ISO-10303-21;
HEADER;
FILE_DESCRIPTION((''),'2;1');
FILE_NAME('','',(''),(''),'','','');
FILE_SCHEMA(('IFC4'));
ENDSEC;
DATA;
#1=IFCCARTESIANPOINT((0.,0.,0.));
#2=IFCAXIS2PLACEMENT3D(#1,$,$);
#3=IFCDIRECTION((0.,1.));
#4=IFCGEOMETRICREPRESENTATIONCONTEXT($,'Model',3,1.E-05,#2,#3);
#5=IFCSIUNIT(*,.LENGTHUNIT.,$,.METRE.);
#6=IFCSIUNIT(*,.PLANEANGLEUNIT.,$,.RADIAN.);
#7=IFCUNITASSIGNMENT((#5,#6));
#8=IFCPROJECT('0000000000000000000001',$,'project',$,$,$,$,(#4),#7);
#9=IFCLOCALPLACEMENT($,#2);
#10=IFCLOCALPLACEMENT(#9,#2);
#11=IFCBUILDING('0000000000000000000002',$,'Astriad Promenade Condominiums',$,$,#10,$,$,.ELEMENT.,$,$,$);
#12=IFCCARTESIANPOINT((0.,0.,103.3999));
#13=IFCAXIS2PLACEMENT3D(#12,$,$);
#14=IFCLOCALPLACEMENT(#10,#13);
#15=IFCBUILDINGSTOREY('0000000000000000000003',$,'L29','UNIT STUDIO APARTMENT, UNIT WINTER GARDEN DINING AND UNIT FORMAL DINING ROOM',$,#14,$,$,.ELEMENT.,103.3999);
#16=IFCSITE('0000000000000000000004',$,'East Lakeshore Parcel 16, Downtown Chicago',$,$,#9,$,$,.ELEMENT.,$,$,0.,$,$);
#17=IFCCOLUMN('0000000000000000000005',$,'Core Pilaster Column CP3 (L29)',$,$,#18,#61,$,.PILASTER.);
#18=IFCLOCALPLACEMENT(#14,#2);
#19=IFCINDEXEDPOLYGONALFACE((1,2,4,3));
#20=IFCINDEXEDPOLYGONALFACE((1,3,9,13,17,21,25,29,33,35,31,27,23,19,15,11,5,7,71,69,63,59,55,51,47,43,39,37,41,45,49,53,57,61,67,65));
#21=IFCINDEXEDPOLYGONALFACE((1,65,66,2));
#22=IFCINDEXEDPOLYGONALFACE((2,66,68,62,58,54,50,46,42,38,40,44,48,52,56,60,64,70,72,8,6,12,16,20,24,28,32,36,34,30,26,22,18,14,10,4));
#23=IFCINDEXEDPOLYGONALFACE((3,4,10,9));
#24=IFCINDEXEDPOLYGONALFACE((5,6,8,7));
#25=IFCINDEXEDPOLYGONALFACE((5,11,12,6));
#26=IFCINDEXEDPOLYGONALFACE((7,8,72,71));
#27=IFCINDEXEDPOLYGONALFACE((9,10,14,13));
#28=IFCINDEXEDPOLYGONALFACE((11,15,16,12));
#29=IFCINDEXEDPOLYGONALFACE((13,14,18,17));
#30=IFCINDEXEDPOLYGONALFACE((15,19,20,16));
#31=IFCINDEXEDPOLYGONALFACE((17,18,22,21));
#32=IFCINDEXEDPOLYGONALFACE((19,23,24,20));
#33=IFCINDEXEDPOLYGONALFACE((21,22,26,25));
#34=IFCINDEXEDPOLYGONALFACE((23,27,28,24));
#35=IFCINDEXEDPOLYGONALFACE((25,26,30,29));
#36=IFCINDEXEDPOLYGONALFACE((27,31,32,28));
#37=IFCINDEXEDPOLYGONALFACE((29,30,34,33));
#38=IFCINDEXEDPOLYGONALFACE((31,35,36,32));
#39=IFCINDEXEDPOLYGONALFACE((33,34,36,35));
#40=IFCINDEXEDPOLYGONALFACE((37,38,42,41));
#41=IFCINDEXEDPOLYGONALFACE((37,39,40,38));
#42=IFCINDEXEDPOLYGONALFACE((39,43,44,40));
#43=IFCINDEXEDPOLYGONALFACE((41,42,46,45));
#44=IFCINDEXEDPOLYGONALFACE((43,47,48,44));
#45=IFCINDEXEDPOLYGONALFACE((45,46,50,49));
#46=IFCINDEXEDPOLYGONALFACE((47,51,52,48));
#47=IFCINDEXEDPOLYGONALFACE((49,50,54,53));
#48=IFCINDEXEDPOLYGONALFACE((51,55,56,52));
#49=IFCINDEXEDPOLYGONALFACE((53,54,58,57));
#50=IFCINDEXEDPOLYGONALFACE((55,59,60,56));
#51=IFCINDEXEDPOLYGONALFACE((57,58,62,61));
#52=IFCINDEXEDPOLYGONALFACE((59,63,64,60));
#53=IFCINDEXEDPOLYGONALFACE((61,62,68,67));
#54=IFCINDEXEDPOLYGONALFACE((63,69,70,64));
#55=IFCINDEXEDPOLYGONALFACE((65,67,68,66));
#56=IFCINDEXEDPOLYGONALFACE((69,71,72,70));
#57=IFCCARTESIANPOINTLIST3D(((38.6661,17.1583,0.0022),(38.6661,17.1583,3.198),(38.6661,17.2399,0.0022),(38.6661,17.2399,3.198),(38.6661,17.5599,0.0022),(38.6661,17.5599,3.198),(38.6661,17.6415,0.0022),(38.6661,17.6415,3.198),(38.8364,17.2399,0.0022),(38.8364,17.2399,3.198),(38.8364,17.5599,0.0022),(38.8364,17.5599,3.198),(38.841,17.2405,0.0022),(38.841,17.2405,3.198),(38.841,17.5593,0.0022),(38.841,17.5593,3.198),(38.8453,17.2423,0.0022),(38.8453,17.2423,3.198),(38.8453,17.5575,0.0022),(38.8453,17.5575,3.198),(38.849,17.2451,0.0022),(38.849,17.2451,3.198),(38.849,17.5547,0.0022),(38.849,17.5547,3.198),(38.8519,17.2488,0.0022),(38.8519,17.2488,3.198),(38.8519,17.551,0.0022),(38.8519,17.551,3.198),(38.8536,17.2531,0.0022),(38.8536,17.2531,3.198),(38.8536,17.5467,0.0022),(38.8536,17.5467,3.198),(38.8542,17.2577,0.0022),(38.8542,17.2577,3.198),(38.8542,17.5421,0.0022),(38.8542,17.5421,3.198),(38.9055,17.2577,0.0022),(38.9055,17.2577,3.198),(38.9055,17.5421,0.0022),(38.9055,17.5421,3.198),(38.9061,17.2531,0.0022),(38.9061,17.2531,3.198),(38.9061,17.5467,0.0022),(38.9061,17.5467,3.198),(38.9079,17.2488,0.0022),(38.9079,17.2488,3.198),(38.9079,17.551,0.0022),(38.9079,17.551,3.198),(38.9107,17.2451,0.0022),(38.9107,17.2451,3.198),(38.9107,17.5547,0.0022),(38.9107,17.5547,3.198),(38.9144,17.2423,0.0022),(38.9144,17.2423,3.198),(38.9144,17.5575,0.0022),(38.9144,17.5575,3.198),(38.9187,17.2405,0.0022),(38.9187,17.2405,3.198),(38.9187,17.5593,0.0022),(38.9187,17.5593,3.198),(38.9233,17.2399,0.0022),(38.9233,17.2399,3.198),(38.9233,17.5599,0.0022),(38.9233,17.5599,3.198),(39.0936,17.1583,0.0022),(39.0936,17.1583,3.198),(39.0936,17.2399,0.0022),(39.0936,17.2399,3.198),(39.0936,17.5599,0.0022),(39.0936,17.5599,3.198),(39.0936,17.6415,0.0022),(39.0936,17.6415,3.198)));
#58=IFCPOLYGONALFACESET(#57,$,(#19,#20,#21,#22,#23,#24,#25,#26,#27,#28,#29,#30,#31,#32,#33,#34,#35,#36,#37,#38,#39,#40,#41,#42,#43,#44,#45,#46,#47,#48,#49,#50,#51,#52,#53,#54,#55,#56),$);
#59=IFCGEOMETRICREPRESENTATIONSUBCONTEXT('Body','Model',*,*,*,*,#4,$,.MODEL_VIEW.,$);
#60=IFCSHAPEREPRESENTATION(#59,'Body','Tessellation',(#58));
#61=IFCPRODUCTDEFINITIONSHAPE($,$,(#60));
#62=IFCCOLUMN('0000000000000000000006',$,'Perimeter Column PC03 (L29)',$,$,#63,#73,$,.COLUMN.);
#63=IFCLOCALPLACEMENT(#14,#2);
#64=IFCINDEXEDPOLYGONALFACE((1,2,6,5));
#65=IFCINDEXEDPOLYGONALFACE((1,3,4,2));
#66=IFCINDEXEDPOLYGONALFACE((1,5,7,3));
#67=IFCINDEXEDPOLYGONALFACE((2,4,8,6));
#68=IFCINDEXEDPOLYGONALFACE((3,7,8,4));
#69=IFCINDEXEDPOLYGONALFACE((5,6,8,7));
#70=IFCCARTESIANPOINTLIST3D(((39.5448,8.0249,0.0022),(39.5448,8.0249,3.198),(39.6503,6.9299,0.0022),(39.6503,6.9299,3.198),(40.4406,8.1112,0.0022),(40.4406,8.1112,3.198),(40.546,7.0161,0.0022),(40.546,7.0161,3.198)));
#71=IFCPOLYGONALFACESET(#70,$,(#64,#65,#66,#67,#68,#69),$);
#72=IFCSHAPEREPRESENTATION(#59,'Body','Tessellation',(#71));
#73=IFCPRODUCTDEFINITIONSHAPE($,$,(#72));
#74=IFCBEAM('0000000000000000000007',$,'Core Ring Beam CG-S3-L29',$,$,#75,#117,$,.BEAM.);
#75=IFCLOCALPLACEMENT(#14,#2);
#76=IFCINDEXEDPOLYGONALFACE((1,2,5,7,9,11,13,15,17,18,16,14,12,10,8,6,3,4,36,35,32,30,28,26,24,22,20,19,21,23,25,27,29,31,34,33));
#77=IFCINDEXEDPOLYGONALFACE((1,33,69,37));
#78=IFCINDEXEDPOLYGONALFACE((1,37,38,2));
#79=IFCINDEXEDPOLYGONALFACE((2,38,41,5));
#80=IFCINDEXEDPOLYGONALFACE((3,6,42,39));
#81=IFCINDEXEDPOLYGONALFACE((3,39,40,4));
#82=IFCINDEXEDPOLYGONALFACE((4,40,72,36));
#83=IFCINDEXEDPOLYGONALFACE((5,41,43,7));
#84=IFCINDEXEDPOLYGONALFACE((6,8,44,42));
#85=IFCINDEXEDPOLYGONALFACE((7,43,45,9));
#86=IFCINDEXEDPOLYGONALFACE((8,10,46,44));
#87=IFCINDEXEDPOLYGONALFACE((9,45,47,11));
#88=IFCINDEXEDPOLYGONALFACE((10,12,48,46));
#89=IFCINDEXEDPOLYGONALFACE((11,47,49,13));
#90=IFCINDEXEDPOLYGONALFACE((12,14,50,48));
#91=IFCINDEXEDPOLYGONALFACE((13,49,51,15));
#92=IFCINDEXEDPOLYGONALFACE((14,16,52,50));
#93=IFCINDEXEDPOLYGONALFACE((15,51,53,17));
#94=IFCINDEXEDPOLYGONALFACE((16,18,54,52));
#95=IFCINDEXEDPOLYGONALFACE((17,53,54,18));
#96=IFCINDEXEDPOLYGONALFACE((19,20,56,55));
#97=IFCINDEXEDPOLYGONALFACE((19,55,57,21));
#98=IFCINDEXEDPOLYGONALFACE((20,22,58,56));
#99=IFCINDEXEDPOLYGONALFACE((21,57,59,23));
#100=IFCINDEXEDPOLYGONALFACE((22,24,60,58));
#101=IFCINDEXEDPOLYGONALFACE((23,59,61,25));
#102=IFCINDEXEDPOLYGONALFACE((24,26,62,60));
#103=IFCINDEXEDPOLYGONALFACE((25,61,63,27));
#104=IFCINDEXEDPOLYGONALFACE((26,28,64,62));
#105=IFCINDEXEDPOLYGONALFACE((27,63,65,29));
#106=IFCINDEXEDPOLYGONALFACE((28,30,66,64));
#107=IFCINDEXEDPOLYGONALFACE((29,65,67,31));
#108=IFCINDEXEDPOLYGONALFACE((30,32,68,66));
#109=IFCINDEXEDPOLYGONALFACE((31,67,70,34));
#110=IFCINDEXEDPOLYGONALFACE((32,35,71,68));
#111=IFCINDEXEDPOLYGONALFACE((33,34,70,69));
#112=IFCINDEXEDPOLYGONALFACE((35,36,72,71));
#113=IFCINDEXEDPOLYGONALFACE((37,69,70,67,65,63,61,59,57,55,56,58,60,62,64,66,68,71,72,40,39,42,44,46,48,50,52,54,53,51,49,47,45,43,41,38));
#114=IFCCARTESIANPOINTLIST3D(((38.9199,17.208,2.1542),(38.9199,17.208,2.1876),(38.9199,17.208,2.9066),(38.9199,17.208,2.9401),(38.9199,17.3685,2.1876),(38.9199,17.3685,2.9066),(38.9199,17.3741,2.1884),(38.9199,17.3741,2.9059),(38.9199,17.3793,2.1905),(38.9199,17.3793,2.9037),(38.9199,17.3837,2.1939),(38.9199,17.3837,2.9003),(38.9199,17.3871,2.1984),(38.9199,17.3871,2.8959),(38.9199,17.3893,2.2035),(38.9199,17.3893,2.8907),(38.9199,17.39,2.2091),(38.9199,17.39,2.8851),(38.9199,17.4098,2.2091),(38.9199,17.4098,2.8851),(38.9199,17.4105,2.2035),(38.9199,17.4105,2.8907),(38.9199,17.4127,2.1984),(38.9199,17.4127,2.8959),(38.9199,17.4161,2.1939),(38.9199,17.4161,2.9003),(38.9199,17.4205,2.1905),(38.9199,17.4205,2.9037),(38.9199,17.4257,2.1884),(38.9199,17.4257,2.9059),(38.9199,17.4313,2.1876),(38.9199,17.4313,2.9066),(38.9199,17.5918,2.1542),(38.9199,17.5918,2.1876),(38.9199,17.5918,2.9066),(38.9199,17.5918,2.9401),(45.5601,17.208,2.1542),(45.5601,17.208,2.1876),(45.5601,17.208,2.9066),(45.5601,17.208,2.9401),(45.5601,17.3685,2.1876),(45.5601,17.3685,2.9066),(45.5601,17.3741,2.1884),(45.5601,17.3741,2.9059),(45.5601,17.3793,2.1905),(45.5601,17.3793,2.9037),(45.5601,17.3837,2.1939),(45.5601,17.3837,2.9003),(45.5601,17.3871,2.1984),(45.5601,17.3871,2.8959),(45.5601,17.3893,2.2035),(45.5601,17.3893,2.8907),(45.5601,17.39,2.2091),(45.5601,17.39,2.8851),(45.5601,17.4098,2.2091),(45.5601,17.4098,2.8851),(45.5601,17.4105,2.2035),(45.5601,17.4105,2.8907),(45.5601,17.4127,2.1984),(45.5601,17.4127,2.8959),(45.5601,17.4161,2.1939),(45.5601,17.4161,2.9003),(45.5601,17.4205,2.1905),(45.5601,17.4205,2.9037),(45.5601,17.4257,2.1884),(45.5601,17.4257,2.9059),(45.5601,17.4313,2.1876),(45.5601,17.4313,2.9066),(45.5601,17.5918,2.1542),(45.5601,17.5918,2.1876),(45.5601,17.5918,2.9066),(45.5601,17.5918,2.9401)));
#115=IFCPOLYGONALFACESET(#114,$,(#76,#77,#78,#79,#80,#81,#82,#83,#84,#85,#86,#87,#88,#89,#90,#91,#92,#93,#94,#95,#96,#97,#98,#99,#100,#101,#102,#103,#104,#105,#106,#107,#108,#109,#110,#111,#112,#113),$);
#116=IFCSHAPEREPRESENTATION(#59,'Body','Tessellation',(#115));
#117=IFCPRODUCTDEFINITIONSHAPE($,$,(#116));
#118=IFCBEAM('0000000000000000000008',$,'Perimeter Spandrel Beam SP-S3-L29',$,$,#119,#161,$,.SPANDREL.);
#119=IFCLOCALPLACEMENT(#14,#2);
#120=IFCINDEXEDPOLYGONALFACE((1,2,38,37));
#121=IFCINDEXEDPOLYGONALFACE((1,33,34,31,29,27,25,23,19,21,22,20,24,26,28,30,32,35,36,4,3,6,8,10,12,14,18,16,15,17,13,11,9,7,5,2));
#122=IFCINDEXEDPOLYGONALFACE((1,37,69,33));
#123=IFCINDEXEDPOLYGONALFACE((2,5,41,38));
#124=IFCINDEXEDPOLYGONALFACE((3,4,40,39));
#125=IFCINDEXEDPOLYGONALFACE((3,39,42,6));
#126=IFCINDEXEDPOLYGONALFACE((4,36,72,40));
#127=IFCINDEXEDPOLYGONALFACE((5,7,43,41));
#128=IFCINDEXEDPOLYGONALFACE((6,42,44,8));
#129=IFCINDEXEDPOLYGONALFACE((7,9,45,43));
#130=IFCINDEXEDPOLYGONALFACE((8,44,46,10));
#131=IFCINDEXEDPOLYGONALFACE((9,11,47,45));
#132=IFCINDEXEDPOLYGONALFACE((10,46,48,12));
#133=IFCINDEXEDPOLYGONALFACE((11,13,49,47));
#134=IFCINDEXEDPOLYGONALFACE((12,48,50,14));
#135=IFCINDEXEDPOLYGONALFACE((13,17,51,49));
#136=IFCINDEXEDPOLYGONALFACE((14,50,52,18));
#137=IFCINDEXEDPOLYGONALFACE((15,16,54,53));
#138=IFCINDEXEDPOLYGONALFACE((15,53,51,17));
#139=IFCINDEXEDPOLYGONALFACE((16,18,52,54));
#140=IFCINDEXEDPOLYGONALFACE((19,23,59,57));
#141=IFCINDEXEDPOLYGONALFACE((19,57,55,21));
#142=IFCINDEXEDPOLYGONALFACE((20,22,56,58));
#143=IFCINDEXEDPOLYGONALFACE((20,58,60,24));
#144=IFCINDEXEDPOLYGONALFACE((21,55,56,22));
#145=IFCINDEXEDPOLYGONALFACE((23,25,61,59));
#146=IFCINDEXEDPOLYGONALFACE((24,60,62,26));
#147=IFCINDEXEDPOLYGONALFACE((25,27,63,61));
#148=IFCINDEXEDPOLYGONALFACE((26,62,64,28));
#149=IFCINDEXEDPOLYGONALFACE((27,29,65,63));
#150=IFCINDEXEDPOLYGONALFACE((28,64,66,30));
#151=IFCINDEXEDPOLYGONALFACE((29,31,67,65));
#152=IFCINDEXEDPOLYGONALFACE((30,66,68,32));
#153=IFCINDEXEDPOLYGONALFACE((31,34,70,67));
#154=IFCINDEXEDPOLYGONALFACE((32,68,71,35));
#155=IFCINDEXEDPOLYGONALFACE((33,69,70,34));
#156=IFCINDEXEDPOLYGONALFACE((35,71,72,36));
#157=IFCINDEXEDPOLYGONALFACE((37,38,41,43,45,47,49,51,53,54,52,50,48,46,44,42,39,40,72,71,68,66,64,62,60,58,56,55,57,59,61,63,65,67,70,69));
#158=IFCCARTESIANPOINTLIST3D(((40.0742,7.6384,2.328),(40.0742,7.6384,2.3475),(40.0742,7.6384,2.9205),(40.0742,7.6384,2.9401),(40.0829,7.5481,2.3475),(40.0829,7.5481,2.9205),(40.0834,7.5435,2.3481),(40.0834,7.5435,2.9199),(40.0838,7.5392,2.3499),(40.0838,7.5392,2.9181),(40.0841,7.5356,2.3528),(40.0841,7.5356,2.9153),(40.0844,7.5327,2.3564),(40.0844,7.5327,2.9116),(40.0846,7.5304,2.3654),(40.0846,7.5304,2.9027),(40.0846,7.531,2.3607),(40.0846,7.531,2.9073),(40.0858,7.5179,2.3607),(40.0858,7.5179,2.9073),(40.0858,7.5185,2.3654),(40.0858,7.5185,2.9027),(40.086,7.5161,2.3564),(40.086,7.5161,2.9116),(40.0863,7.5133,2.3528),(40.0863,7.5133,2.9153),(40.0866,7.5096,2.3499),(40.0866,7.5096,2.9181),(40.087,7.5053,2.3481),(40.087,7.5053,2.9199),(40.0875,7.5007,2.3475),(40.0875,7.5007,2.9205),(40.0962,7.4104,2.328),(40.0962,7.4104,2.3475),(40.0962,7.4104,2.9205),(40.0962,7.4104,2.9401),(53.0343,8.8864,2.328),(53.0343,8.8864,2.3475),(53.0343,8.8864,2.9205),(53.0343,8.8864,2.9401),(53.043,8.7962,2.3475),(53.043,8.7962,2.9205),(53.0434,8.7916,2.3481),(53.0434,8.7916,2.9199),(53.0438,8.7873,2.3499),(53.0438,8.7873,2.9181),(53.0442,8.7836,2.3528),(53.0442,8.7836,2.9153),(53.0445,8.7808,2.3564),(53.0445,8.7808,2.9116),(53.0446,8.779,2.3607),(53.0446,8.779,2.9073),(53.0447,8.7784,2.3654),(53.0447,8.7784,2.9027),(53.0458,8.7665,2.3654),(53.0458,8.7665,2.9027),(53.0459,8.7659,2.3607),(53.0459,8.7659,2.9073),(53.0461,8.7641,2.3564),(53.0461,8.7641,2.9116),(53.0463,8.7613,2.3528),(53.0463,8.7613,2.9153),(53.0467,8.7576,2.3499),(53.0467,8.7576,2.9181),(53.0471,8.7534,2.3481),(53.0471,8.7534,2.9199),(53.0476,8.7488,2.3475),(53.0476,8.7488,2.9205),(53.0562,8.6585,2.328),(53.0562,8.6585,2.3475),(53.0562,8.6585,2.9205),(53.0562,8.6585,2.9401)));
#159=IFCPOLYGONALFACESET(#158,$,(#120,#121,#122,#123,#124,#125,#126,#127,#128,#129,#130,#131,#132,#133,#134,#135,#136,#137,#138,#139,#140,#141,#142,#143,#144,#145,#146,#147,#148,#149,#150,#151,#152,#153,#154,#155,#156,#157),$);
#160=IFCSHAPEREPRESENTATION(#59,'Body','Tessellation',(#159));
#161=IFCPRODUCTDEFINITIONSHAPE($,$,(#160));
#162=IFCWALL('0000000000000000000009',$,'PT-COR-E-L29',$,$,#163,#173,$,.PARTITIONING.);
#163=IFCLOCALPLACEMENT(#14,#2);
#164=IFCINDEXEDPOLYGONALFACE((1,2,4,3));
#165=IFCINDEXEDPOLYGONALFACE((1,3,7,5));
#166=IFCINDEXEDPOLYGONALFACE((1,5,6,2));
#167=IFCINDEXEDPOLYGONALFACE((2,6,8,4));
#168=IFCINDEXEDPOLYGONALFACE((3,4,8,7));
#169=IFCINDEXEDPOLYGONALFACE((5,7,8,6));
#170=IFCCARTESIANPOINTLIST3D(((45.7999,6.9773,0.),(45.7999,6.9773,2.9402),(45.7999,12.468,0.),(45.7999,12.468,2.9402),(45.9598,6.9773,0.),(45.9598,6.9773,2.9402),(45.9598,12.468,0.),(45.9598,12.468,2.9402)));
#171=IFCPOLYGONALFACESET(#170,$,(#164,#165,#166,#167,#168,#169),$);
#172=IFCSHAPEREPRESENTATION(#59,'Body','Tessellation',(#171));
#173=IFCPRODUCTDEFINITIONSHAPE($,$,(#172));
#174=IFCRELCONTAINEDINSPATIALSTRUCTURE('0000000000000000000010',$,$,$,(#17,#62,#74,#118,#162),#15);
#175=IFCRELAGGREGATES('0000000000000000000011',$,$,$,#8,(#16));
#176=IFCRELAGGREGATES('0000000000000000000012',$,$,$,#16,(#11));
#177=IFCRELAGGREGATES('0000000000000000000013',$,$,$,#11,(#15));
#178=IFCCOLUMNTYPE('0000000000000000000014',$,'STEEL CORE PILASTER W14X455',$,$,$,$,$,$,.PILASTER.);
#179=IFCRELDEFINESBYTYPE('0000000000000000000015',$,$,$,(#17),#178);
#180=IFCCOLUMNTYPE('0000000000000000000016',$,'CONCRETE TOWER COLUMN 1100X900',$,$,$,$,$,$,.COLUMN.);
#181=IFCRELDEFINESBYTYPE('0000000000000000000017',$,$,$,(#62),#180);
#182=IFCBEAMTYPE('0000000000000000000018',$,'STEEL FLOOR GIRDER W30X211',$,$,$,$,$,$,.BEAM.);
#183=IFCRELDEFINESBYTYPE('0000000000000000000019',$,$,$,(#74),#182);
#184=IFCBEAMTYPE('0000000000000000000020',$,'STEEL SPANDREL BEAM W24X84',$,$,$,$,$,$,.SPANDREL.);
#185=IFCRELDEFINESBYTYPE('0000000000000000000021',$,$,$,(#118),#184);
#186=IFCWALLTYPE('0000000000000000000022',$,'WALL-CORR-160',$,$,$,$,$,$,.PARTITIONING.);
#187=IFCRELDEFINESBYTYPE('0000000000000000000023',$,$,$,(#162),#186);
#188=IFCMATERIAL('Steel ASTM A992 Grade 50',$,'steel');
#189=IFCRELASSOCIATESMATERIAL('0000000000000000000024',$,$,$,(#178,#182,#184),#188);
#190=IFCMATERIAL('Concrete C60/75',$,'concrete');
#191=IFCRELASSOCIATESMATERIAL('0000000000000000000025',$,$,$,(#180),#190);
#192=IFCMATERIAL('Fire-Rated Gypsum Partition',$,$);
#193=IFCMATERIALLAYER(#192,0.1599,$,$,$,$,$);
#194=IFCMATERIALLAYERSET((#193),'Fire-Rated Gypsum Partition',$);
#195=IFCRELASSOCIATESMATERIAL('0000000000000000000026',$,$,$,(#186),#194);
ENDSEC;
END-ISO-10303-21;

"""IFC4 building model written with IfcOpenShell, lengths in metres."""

from ifc_helpers import new_model, si_unit, direction, frame, frame_2d, origin, origin_2d, place, context, subcontext, project, spatial, rectangle, i_section, extrude, source, transform, mapped, material, layer, layer_set, material_profile, profile_set, type_object, type_shapes, element, save


model = new_model("IFC4")

# Units and contexts
model_context = context("Model", 3, precision=1e-05, world=origin(), true_north=direction((0.0, 1.0)))
body_context = subcontext(model_context, "Body", "Model", "MODEL_VIEW")
ifc_project = project(units=[si_unit("LENGTHUNIT", "METRE"), si_unit("PLANEANGLEUNIT", "RADIAN")], contexts=[model_context])

# Site, building, storey
site_placement = place(None, origin())
site = spatial("IfcSite", under=ifc_project, at=site_placement, Name="East Lakeshore Parcel 16, Downtown Chicago", CompositionType="ELEMENT", RefElevation=0.0)
building_placement = place(site_placement, origin())
building = spatial("IfcBuilding", under=site, at=building_placement, Name="Astriad Promenade Condominiums", CompositionType="ELEMENT")
storey_placement = place(building_placement, frame((0.0, 0.0, 103.3999)))
storey = spatial("IfcBuildingStorey", under=building, at=storey_placement, Name="L29", Description="UNIT STUDIO APARTMENT, UNIT WINTER GARDEN DINING AND UNIT FORMAL DINING ROOM", CompositionType="ELEMENT", Elevation=103.3999)

# Columns
ifc_material_1 = material(Name="Steel ASTM A992 Grade 50", Category="steel")
ifc_material_profile_1 = material_profile(ifc_material_1, i_section(OverallWidth=0.4275, OverallDepth=0.4832, WebThickness=0.0513, FlangeThickness=0.0815, FilletRadius=0.0178, at=origin_2d()), Name="W14X455")
ifc_profile_set_1 = profile_set([ifc_material_profile_1], Name="Steel ASTM A992 Grade 50")
column_type_1 = type_object("IfcColumnType", Name="STEEL CORE PILASTER W14X455", PredefinedType="PILASTER", material=ifc_profile_set_1)
shared_shape_1 = source(origin(), body_context, "Body", "SweptSolid", [
    extrude(i_section(OverallWidth=0.4275, OverallDepth=0.4832, WebThickness=0.0513, FlangeThickness=0.0815, FilletRadius=0.0178, at=origin_2d()), origin(), (0.0, 0.0, 1.0), 3.1958),
])
type_shapes(column_type_1, [shared_shape_1])
column_1_placement = place(storey_placement, frame((38.8799, 17.3999, 0.0022), z_axis=(0.0, 0.0, 1.0), x_axis=(1.0, 0.0, 0.0)))
element("IfcColumn", 1, at=column_1_placement, inside=storey, type_object=column_type_1, Name="Core Pilaster Column CP3 (L29)", PredefinedType="PILASTER", context=body_context, shape_type="MappedRepresentation", body=[
    mapped(shared_shape_1, transform((0.0, 0.0, 0.0), scale=1.0)),
])
ifc_material_2 = material(Name="Concrete C60/75", Category="concrete")
ifc_material_profile_2 = material_profile(ifc_material_2, rectangle(XDim=0.8999, YDim=1.1001, at=origin_2d()), Name="RC-COL-1100X900")
ifc_profile_set_2 = profile_set([ifc_material_profile_2], Name="Concrete C60/75")
column_type_2 = type_object("IfcColumnType", Name="CONCRETE TOWER COLUMN 1100X900", PredefinedType="COLUMN", material=ifc_profile_set_2)
shared_shape_2 = source(origin(), body_context, "Body", "SweptSolid", [
    extrude(rectangle(XDim=0.8999, YDim=1.1001, at=origin_2d()), origin(), (0.0, 0.0, 1.0), 3.1958),
])
type_shapes(column_type_2, [shared_shape_2])
column_2_placement = place(storey_placement, frame((40.0454, 7.5205, 0.0022), z_axis=(0.0, 0.0, 1.0), x_axis=(0.995396, 0.095846, 0.0)))
element("IfcColumn", 2, at=column_2_placement, inside=storey, type_object=column_type_2, Name="Perimeter Column PC03 (L29)", PredefinedType="COLUMN", context=body_context, shape_type="MappedRepresentation", body=[
    mapped(shared_shape_2, transform((0.0, 0.0, 0.0), scale=1.0)),
])

# Beams
ifc_material_profile_3 = material_profile(ifc_material_1, i_section(OverallWidth=0.3838, OverallDepth=0.7859, WebThickness=0.0198, FlangeThickness=0.0334, FilletRadius=0.0215, at=origin_2d()), Name="W30X211")
ifc_profile_set_3 = profile_set([ifc_material_profile_3], Name="Steel ASTM A992 Grade 50")
beam_type_1 = type_object("IfcBeamType", Name="STEEL FLOOR GIRDER W30X211", PredefinedType="BEAM", material=ifc_profile_set_3)
shared_shape_3 = source(origin(), body_context, "Body", "SweptSolid", [
    extrude(i_section(OverallWidth=0.3838, OverallDepth=0.7859, WebThickness=0.0198, FlangeThickness=0.0334, FilletRadius=0.0215, at=origin_2d()), origin(), (0.0, 0.0, 1.0), 6.6401),
])
type_shapes(beam_type_1, [shared_shape_3])
beam_1_placement = place(storey_placement, frame((38.9199, 17.3999, 2.5471), z_axis=(1.0, 0.0, 0.0), x_axis=(0.0, 1.0, 0.0)))
element("IfcBeam", 3, at=beam_1_placement, inside=storey, type_object=beam_type_1, Name="Core Ring Beam CG-S3-L29", PredefinedType="BEAM", context=body_context, shape_type="MappedRepresentation", body=[
    mapped(shared_shape_3, transform((0.0, 0.0, 0.0), scale=1.0)),
])
ifc_material_profile_4 = material_profile(ifc_material_1, i_section(OverallWidth=0.229, OverallDepth=0.6121, WebThickness=0.012, FlangeThickness=0.0195, FilletRadius=0.0178, at=origin_2d()), Name="W24X84")
ifc_profile_set_4 = profile_set([ifc_material_profile_4], Name="Steel ASTM A992 Grade 50")
beam_type_2 = type_object("IfcBeamType", Name="STEEL SPANDREL BEAM W24X84", PredefinedType="SPANDREL", material=ifc_profile_set_4)
shared_shape_4 = source(origin(), body_context, "Body", "SweptSolid", [
    extrude(i_section(OverallWidth=0.229, OverallDepth=0.6121, WebThickness=0.012, FlangeThickness=0.0195, FilletRadius=0.0178, at=origin_2d()), origin(), (0.0, 0.0, 1.0), 13.02),
])
type_shapes(beam_type_2, [shared_shape_4])
beam_2_placement = place(storey_placement, frame((40.0852, 7.5244, 2.634), z_axis=(0.995395, 0.095857, 0.0), x_axis=(-0.095857, 0.995395, 0.0)))
element("IfcBeam", 4, at=beam_2_placement, inside=storey, type_object=beam_type_2, Name="Perimeter Spandrel Beam SP-S3-L29", PredefinedType="SPANDREL", context=body_context, shape_type="MappedRepresentation", body=[
    mapped(shared_shape_4, transform((0.0, 0.0, 0.0), scale=1.0)),
])

# Wall
ifc_material_3 = material(Name="Fire-Rated Gypsum Partition")
ifc_layer_1 = layer(ifc_material_3, 0.1599)
ifc_layer_set_1 = layer_set([ifc_layer_1], Name="Fire-Rated Gypsum Partition")
wall_type_1 = type_object("IfcWallType", Name="WALL-CORR-160", PredefinedType="PARTITIONING", material=ifc_layer_set_1)
wall_1_placement = place(storey_placement, frame((45.8799, 6.9773, 0.0), z_axis=(0.0, 0.0, 1.0), x_axis=(0.0, 1.0, 0.0)))
element("IfcWall", 5, at=wall_1_placement, inside=storey, type_object=wall_type_1, Name="PT-COR-E-L29", PredefinedType="PARTITIONING", context=body_context, shape_type="SweptSolid", body=[
    extrude(rectangle(XDim=5.4907, YDim=0.1599, at=frame_2d((2.7454, 0.0))), origin(), (0.0, 0.0, 1.0), 2.9402),
])

save(model, "model.ifc")
